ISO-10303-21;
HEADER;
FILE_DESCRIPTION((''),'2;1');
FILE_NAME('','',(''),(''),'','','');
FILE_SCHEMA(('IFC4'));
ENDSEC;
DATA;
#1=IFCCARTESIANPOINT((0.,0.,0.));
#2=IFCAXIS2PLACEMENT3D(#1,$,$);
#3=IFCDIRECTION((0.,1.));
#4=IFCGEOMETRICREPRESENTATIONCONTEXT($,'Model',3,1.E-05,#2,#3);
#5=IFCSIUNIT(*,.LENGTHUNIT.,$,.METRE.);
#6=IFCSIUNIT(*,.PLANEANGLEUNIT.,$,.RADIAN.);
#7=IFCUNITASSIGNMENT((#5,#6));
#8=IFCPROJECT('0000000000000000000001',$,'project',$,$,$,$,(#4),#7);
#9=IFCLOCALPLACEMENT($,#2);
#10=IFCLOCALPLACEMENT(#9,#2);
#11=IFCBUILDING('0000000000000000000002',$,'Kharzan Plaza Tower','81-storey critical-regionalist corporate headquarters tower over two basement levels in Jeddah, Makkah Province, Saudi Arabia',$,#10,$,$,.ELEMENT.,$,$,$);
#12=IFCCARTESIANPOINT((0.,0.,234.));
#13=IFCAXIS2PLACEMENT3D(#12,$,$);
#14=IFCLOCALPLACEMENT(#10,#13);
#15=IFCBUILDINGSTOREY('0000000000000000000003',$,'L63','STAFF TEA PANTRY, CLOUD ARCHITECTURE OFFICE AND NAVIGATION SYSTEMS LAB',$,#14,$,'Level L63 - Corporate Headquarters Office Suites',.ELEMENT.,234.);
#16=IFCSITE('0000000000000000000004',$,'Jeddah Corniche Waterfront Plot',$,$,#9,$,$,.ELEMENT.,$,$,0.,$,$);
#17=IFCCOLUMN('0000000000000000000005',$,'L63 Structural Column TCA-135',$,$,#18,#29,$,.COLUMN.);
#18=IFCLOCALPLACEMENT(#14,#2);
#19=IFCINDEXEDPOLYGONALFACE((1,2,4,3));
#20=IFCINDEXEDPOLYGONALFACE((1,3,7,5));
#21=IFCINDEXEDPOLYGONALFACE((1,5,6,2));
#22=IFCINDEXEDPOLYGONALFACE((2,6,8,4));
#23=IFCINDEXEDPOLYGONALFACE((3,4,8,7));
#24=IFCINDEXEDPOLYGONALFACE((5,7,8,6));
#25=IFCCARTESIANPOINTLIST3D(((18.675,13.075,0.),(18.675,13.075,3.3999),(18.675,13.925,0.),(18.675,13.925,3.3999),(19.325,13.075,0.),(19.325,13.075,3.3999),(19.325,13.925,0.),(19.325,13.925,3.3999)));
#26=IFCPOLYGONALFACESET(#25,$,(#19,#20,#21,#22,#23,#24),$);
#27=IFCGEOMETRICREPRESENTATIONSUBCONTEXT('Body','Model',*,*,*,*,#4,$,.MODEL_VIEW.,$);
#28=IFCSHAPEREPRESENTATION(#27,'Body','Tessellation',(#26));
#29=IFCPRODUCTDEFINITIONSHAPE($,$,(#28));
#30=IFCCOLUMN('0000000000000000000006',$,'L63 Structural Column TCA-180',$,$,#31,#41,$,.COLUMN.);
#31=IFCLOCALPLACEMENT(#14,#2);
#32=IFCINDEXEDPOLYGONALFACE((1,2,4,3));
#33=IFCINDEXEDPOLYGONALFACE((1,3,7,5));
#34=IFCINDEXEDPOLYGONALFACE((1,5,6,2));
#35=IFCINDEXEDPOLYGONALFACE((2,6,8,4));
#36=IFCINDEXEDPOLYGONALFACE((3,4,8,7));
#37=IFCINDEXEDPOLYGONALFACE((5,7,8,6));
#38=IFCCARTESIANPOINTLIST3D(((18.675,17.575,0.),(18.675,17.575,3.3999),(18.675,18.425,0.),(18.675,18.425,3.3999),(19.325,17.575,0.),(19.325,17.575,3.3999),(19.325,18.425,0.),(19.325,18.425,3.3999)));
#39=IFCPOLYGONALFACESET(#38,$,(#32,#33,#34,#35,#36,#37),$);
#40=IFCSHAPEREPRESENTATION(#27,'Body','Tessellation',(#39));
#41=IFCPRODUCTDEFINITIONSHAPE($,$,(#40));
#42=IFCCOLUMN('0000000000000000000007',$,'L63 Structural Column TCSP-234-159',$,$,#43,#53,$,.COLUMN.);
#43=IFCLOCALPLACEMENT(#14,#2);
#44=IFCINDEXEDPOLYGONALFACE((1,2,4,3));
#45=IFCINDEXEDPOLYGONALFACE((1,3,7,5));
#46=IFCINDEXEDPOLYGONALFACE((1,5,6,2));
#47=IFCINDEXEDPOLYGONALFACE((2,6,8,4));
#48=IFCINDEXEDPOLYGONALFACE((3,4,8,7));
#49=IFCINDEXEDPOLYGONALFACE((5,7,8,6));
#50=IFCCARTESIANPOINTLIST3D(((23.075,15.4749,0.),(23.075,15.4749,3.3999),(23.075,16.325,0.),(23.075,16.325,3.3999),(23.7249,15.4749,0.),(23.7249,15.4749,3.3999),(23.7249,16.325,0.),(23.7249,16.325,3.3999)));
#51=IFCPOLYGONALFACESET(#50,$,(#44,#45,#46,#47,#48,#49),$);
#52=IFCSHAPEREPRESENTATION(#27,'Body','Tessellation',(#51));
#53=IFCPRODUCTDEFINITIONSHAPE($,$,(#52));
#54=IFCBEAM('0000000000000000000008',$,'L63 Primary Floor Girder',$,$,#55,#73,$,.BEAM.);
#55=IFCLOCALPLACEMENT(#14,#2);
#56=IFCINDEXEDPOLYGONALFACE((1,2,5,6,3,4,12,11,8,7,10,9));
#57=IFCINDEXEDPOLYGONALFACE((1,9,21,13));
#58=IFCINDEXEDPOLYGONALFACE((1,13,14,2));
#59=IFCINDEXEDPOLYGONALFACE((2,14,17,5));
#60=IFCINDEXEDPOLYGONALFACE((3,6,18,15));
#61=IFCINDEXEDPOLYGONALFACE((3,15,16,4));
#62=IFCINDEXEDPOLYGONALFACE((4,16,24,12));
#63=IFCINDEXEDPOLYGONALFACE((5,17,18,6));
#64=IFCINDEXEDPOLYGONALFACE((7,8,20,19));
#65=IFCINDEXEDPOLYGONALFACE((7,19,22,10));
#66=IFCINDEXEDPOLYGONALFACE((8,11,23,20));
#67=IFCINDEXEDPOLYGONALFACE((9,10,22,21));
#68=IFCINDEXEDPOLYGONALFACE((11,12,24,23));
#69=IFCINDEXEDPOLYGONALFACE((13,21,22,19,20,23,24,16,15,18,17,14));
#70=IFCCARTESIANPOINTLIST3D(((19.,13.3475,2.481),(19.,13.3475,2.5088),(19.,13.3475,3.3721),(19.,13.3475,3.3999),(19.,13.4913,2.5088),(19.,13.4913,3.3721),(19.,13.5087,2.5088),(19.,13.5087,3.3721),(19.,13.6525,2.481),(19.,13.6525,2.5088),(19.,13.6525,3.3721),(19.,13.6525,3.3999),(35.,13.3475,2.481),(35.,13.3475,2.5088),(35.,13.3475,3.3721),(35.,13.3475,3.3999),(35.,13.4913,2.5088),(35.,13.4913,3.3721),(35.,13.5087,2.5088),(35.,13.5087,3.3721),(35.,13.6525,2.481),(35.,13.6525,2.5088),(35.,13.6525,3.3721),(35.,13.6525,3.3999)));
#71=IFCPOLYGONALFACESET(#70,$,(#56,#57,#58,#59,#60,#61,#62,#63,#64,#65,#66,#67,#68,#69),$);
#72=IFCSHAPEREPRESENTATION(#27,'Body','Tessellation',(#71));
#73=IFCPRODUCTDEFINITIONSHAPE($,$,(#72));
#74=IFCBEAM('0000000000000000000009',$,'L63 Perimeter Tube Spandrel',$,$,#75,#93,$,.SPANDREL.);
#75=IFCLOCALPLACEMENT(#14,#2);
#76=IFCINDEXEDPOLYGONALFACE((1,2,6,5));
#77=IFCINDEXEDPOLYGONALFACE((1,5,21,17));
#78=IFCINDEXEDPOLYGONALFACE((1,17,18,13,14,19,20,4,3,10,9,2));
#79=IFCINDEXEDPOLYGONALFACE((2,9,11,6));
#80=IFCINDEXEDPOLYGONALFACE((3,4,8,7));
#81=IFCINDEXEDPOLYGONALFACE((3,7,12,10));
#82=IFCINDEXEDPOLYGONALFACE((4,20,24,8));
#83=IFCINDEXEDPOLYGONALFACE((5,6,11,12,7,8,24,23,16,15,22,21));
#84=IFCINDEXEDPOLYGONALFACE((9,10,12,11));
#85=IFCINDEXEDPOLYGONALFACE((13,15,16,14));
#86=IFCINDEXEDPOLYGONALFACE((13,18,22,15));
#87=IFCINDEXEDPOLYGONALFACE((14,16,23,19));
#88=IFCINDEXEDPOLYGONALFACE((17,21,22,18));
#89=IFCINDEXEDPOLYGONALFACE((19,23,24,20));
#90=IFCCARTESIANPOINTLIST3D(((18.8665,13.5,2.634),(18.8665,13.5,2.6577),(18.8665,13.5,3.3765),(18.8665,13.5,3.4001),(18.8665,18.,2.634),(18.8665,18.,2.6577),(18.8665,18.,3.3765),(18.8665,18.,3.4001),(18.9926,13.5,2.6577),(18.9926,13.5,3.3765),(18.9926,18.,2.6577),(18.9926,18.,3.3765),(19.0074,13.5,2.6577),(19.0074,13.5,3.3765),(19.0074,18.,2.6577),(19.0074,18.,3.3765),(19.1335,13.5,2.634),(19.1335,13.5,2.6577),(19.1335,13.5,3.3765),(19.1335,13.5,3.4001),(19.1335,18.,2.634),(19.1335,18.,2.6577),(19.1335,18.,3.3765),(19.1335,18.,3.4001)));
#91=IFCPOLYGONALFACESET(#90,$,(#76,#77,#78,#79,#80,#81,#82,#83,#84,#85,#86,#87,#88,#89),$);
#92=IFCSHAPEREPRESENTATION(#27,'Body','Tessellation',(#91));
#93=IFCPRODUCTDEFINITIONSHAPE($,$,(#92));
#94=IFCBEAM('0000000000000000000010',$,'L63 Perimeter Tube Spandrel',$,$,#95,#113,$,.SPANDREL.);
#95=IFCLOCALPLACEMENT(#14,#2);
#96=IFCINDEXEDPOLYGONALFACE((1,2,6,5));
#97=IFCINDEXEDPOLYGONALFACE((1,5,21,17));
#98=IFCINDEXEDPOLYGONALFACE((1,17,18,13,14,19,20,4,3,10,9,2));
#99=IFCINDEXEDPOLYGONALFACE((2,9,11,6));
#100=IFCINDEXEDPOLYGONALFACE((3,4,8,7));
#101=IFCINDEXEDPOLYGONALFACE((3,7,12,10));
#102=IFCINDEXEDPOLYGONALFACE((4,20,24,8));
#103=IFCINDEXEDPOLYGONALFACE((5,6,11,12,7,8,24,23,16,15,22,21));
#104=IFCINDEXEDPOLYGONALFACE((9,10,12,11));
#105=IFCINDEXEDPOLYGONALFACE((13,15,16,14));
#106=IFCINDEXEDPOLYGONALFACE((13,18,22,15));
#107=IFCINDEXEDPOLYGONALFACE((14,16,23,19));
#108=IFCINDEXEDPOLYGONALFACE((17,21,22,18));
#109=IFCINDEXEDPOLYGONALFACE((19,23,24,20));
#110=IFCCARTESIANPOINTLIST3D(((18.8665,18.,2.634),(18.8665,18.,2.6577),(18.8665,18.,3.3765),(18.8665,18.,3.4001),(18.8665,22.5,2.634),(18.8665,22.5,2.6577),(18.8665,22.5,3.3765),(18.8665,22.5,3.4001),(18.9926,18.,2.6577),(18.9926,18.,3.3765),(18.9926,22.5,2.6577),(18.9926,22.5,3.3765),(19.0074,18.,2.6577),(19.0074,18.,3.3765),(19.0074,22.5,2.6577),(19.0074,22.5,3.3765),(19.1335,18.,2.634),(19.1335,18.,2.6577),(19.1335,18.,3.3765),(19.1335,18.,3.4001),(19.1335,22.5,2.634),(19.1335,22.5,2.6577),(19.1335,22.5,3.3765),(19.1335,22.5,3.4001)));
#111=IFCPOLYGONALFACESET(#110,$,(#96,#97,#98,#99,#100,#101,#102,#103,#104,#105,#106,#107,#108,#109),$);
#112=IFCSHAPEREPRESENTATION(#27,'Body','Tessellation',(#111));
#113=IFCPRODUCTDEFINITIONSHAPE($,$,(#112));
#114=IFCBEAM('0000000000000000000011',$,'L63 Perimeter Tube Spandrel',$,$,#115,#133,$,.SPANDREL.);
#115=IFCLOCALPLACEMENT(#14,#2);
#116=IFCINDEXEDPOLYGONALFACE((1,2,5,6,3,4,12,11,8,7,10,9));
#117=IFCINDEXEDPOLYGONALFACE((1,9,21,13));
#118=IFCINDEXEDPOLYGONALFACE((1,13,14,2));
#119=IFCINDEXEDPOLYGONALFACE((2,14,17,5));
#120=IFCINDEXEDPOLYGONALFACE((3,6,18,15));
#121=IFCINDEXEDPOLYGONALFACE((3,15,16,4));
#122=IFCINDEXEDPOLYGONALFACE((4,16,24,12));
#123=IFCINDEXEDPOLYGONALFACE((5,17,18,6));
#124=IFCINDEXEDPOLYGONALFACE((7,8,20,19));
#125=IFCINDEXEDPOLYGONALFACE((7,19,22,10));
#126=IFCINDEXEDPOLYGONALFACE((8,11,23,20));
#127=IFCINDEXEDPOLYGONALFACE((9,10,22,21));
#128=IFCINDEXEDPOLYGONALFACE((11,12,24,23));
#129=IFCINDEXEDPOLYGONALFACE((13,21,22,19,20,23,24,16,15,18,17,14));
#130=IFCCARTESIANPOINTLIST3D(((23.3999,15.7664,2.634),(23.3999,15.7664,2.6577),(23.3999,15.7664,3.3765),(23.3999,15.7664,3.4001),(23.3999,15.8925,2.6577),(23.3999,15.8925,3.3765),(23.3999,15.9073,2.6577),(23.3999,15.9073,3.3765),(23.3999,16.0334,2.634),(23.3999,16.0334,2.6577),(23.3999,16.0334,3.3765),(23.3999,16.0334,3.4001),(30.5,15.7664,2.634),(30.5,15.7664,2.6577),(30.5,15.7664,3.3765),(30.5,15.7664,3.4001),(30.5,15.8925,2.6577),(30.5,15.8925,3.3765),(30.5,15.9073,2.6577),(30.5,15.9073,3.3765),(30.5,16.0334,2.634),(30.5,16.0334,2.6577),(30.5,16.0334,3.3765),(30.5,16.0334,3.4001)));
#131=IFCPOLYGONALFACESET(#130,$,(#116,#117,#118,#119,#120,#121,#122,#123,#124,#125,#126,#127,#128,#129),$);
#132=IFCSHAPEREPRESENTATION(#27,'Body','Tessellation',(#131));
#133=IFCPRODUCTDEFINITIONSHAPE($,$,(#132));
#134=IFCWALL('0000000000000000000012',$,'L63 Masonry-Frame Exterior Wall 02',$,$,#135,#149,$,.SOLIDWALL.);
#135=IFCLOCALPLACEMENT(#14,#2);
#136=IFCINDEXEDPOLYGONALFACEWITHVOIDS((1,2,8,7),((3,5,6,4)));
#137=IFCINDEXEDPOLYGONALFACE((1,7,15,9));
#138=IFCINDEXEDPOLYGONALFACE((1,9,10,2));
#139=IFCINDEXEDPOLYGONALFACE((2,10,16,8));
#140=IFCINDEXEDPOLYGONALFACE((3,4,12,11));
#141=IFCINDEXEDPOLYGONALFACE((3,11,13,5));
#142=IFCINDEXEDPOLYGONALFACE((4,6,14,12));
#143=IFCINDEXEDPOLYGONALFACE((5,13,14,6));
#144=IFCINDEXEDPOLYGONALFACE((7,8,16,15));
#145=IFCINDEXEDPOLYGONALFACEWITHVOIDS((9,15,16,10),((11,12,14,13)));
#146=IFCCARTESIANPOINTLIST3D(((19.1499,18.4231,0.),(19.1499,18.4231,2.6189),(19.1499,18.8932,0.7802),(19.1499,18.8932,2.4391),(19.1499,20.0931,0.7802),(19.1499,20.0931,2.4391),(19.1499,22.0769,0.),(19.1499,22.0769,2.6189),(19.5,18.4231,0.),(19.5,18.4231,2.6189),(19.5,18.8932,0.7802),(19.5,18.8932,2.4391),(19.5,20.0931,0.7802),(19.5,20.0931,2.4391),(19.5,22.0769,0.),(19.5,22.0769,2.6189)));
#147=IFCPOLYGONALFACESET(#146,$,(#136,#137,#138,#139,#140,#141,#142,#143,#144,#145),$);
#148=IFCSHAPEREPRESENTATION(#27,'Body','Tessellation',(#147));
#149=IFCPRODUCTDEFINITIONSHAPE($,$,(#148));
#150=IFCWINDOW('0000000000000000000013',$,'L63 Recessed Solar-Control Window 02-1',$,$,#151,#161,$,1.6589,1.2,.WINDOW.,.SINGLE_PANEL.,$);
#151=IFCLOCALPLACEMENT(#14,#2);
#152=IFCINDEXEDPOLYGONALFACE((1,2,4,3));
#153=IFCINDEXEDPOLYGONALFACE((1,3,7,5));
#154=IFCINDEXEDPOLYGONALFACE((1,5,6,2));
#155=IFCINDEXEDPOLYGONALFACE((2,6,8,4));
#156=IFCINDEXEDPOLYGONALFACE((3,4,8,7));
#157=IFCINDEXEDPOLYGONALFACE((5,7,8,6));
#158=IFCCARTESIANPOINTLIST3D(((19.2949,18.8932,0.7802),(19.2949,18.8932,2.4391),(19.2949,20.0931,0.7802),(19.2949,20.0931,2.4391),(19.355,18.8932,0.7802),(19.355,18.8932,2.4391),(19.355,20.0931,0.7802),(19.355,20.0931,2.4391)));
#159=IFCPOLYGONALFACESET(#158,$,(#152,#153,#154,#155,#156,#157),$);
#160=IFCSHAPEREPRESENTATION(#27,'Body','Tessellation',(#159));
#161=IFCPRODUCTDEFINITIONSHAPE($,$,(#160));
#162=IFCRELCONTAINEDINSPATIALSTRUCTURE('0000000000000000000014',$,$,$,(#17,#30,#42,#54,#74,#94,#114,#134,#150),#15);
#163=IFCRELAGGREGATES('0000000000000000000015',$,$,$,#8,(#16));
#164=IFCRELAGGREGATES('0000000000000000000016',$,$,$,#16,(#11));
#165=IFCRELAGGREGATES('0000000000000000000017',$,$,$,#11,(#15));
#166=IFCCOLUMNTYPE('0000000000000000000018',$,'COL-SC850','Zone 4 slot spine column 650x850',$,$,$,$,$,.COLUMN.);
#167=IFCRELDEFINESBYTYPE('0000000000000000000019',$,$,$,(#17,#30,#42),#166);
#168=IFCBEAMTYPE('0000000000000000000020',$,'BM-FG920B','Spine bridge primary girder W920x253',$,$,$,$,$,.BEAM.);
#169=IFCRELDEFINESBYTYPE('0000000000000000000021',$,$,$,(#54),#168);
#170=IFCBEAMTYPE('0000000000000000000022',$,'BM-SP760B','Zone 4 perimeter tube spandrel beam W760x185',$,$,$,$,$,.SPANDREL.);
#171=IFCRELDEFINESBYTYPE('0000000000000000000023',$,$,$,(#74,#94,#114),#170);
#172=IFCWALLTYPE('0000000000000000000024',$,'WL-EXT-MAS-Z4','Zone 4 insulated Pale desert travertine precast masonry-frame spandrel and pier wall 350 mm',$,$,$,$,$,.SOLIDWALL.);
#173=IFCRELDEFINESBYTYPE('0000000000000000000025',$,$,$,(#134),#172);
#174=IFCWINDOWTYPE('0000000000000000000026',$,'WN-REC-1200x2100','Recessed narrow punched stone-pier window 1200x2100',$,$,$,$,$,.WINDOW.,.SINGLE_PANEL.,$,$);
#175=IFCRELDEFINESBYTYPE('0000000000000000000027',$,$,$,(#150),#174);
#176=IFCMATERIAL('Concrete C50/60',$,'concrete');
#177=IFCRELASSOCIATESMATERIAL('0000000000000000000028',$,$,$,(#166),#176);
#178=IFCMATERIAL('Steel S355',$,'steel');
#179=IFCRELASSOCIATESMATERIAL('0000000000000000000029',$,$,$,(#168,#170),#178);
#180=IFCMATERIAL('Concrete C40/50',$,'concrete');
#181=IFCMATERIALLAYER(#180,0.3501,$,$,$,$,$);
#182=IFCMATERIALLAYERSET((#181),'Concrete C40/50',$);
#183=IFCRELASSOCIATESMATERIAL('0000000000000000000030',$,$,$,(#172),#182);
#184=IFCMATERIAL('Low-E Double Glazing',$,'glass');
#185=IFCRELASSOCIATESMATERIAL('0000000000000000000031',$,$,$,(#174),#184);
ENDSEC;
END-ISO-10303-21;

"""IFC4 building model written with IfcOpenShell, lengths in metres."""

from ifc_helpers import new_model, si_unit, direction, frame, frame_2d, origin, origin_2d, place, context, subcontext, project, spatial, rectangle, i_section, extrude, source, transform, mapped, material, layer, layer_set, material_profile, profile_set, type_object, element, fill, save


model = new_model("IFC4")

# Units and contexts
model_context = context("Model", 3, precision=1e-05, world=origin(), true_north=direction((0.0, 1.0)))
body_context = subcontext(model_context, "Body", "Model", "MODEL_VIEW")
ifc_project = project(units=[si_unit("LENGTHUNIT", "METRE"), si_unit("PLANEANGLEUNIT", "RADIAN")], contexts=[model_context])

# Site, building, storey
site_placement = place(None, origin())
site = spatial("IfcSite", under=ifc_project, at=site_placement, Name="Jeddah Corniche Waterfront Plot", CompositionType="ELEMENT", RefElevation=0.0)
building_placement = place(site_placement, origin())
building = spatial("IfcBuilding", under=site, at=building_placement, Name="Kharzan Plaza Tower", Description="81-storey critical-regionalist corporate headquarters tower over two basement levels in Jeddah, Makkah Province, Saudi Arabia", CompositionType="ELEMENT")
storey_placement = place(building_placement, frame((0.0, 0.0, 234.0)))
storey = spatial("IfcBuildingStorey", under=building, at=storey_placement, Name="L63", Description="STAFF TEA PANTRY, CLOUD ARCHITECTURE OFFICE AND NAVIGATION SYSTEMS LAB", LongName="Level L63 - Corporate Headquarters Office Suites", CompositionType="ELEMENT", Elevation=234.0)

# Columns
ifc_material_1 = material(Name="Concrete C50/60", Category="concrete")
ifc_material_profile_1 = material_profile(ifc_material_1, rectangle(XDim=0.6499, YDim=0.8501, at=origin_2d()), Name="RC-SC850x650")
ifc_profile_set_1 = profile_set([ifc_material_profile_1], Name="Concrete C50/60")
column_type = type_object("IfcColumnType", Name="COL-SC850", Description="Zone 4 slot spine column 650x850", PredefinedType="COLUMN", material=ifc_profile_set_1)
shared_shape_1 = source(origin(), body_context, "Body", "SweptSolid", [
    extrude(rectangle(XDim=0.6499, YDim=0.8501, at=origin_2d()), origin(), (0.0, 0.0, 1.0), 3.3999),
])
for number, where, z_axis, x_axis, name in (
    (1, (19.0, 13.5, 0.0), (0.0, 0.0, 1.0), (1.0, 0.0, 0.0), "L63 Structural Column TCA-135"),
    (2, (19.0, 18.0, 0.0), (0.0, 0.0, 1.0), (1.0, 0.0, 0.0), "L63 Structural Column TCA-180"),
    (3, (23.3999, 15.8999, 0.0), (0.0, 0.0, 1.0), (1.0, 0.0, 0.0), "L63 Structural Column TCSP-234-159"),
):
    element("IfcColumn", number, at=place(storey_placement, frame(where, z_axis=z_axis, x_axis=x_axis)), inside=storey, type_object=column_type, Name=name, PredefinedType="COLUMN", context=body_context, shape_type="MappedRepresentation", body=[
        mapped(shared_shape_1, transform((0.0, 0.0, 0.0), x_axis=(1.0, 0.0, 0.0), y_axis=(0.0, 1.0, 0.0), z_axis=(0.0, 0.0, 1.0))),
    ])

# Beams
ifc_material_2 = material(Name="Steel S355", Category="steel")
ifc_material_profile_2 = material_profile(ifc_material_2, i_section(OverallWidth=0.3049, OverallDepth=0.9189, WebThickness=0.0173, FlangeThickness=0.0278, at=origin_2d()), Name="W920x253")
ifc_profile_set_2 = profile_set([ifc_material_profile_2], Name="Steel S355")
beam_type_1 = type_object("IfcBeamType", Name="BM-FG920B", Description="Spine bridge primary girder W920x253", PredefinedType="BEAM", material=ifc_profile_set_2)
shared_shape_2 = source(origin(), body_context, "Body", "SweptSolid", [
    extrude(i_section(OverallWidth=0.3049, OverallDepth=0.9189, WebThickness=0.0173, FlangeThickness=0.0278, at=origin_2d()), origin(), (0.0, 0.0, 1.0), 16.0),
])
beam_1_placement = place(storey_placement, frame((19.0, 13.5, 2.9404), z_axis=(1.0, 0.0, 0.0), x_axis=(0.0, 1.0, 0.0)))
element("IfcBeam", 4, at=beam_1_placement, inside=storey, type_object=beam_type_1, Name="L63 Primary Floor Girder", PredefinedType="BEAM", context=body_context, shape_type="MappedRepresentation", body=[
    mapped(shared_shape_2, transform((0.0, 0.0, 0.0), x_axis=(1.0, 0.0, 0.0), y_axis=(0.0, 1.0, 0.0), z_axis=(0.0, 0.0, 1.0))),
])
ifc_material_profile_3 = material_profile(ifc_material_2, i_section(OverallWidth=0.2671, OverallDepth=0.7661, WebThickness=0.0149, FlangeThickness=0.0237, at=origin_2d()), Name="W760x185")
ifc_profile_set_3 = profile_set([ifc_material_profile_3], Name="Steel S355")
beam_type_2 = type_object("IfcBeamType", Name="BM-SP760B", Description="Zone 4 perimeter tube spandrel beam W760x185", PredefinedType="SPANDREL", material=ifc_profile_set_3)
shared_shape_3 = source(origin(), body_context, "Body", "SweptSolid", [
    extrude(i_section(OverallWidth=0.2671, OverallDepth=0.7661, WebThickness=0.0149, FlangeThickness=0.0237, at=origin_2d()), origin(), (0.0, 0.0, 1.0), 4.5),
])
for number, where, z_axis, x_axis, name in (
    (5, (19.0, 13.5, 3.0171), (0.0, 1.0, 0.0), (-1.0, 0.0, 0.0), "L63 Perimeter Tube Spandrel"),
    (6, (19.0, 18.0, 3.0171), (0.0, 1.0, 0.0), (-1.0, 0.0, 0.0), "L63 Perimeter Tube Spandrel"),
):
    element("IfcBeam", number, at=place(storey_placement, frame(where, z_axis=z_axis, x_axis=x_axis)), inside=storey, type_object=beam_type_2, Name=name, PredefinedType="SPANDREL", context=body_context, shape_type="MappedRepresentation", body=[
        mapped(shared_shape_3, transform((0.0, 0.0, 0.0), x_axis=(1.0, 0.0, 0.0), y_axis=(0.0, 1.0, 0.0), z_axis=(0.0, 0.0, 1.0))),
    ])
shared_shape_4 = source(origin(), body_context, "Body", "SweptSolid", [
    extrude(i_section(OverallWidth=0.2671, OverallDepth=0.7661, WebThickness=0.0149, FlangeThickness=0.0237, at=origin_2d()), origin(), (0.0, 0.0, 1.0), 7.1001),
])
beam_2_placement = place(storey_placement, frame((23.3999, 15.8999, 3.0171), z_axis=(1.0, 0.0, 0.0), x_axis=(0.0, 1.0, 0.0)))
element("IfcBeam", 7, at=beam_2_placement, inside=storey, type_object=beam_type_2, Name="L63 Perimeter Tube Spandrel", PredefinedType="SPANDREL", context=body_context, shape_type="MappedRepresentation", body=[
    mapped(shared_shape_4, transform((0.0, 0.0, 0.0), x_axis=(1.0, 0.0, 0.0), y_axis=(0.0, 1.0, 0.0), z_axis=(0.0, 0.0, 1.0))),
])

# Wall, opening, window
ifc_material_3 = material(Name="Concrete C40/50", Category="concrete")
ifc_layer_1 = layer(ifc_material_3, 0.3501)
ifc_layer_set_1 = layer_set([ifc_layer_1], Name="Concrete C40/50")
wall_type_1 = type_object("IfcWallType", Name="WL-EXT-MAS-Z4", Description="Zone 4 insulated Pale desert travertine precast masonry-frame spandrel and pier wall 350 mm", PredefinedType="SOLIDWALL", material=ifc_layer_set_1)
wall_1_placement = place(storey_placement, frame((19.325, 18.4231, 0.0), z_axis=(0.0, 0.0, 1.0), x_axis=(0.0, 1.0, 0.0)))
wall_1 = element("IfcWall", 8, at=wall_1_placement, inside=storey, type_object=wall_type_1, Name="L63 Masonry-Frame Exterior Wall 02", PredefinedType="SOLIDWALL", context=body_context, shape_type="SweptSolid", body=[
    extrude(rectangle(XDim=3.6538, YDim=0.3501, at=frame_2d((1.8269, 0.0))), origin(), (0.0, 0.0, 1.0), 2.6189),
])
opening_1_placement = place(wall_1_placement, frame((0.47, 0.0, 0.78)))
opening_1 = element("IfcOpeningElement", 9, at=opening_1_placement, cuts=wall_1, PredefinedType="OPENING", context=body_context, shape_type="SweptSolid", body=[
    extrude(rectangle(XDim=1.2, YDim=1.6589, at=frame_2d((0.6001, 0.8296))), frame((0.0, 0.1851, 0.0), z_axis=(0.0, -1.0, 0.0), x_axis=(1.0, 0.0, 0.0)), (0.0, 0.0, 1.0), 0.3701),
])
ifc_material_4 = material(Name="Low-E Double Glazing", Category="glass")
window_type_1 = type_object("IfcWindowType", Name="WN-REC-1200x2100", Description="Recessed narrow punched stone-pier window 1200x2100", PartitioningType="SINGLE_PANEL", PredefinedType="WINDOW", material=ifc_material_4)
shared_shape_5 = source(origin(), body_context, "Body", "SweptSolid", [
    extrude(rectangle(XDim=1.2, YDim=1.6589, at=frame_2d((0.6001, 0.8296))), frame((0.0, 0.03, 0.0), z_axis=(0.0, -1.0, 0.0), x_axis=(1.0, 0.0, 0.0)), (0.0, 0.0, 1.0), 0.0601),
])
window_1_placement = place(opening_1_placement, origin())
window_1 = element("IfcWindow", 10, at=window_1_placement, inside=storey, type_object=window_type_1, Name="L63 Recessed Solar-Control Window 02-1", OverallHeight=1.6589, OverallWidth=1.2, PartitioningType="SINGLE_PANEL", PredefinedType="WINDOW", context=body_context, shape_type="MappedRepresentation", body=[
    mapped(shared_shape_5, transform((0.0, 0.0, 0.0), x_axis=(1.0, 0.0, 0.0), y_axis=(0.0, 1.0, 0.0), z_axis=(0.0, 0.0, 1.0))),
])
fill(opening_1, window_1)

save(model, "model.ifc")
